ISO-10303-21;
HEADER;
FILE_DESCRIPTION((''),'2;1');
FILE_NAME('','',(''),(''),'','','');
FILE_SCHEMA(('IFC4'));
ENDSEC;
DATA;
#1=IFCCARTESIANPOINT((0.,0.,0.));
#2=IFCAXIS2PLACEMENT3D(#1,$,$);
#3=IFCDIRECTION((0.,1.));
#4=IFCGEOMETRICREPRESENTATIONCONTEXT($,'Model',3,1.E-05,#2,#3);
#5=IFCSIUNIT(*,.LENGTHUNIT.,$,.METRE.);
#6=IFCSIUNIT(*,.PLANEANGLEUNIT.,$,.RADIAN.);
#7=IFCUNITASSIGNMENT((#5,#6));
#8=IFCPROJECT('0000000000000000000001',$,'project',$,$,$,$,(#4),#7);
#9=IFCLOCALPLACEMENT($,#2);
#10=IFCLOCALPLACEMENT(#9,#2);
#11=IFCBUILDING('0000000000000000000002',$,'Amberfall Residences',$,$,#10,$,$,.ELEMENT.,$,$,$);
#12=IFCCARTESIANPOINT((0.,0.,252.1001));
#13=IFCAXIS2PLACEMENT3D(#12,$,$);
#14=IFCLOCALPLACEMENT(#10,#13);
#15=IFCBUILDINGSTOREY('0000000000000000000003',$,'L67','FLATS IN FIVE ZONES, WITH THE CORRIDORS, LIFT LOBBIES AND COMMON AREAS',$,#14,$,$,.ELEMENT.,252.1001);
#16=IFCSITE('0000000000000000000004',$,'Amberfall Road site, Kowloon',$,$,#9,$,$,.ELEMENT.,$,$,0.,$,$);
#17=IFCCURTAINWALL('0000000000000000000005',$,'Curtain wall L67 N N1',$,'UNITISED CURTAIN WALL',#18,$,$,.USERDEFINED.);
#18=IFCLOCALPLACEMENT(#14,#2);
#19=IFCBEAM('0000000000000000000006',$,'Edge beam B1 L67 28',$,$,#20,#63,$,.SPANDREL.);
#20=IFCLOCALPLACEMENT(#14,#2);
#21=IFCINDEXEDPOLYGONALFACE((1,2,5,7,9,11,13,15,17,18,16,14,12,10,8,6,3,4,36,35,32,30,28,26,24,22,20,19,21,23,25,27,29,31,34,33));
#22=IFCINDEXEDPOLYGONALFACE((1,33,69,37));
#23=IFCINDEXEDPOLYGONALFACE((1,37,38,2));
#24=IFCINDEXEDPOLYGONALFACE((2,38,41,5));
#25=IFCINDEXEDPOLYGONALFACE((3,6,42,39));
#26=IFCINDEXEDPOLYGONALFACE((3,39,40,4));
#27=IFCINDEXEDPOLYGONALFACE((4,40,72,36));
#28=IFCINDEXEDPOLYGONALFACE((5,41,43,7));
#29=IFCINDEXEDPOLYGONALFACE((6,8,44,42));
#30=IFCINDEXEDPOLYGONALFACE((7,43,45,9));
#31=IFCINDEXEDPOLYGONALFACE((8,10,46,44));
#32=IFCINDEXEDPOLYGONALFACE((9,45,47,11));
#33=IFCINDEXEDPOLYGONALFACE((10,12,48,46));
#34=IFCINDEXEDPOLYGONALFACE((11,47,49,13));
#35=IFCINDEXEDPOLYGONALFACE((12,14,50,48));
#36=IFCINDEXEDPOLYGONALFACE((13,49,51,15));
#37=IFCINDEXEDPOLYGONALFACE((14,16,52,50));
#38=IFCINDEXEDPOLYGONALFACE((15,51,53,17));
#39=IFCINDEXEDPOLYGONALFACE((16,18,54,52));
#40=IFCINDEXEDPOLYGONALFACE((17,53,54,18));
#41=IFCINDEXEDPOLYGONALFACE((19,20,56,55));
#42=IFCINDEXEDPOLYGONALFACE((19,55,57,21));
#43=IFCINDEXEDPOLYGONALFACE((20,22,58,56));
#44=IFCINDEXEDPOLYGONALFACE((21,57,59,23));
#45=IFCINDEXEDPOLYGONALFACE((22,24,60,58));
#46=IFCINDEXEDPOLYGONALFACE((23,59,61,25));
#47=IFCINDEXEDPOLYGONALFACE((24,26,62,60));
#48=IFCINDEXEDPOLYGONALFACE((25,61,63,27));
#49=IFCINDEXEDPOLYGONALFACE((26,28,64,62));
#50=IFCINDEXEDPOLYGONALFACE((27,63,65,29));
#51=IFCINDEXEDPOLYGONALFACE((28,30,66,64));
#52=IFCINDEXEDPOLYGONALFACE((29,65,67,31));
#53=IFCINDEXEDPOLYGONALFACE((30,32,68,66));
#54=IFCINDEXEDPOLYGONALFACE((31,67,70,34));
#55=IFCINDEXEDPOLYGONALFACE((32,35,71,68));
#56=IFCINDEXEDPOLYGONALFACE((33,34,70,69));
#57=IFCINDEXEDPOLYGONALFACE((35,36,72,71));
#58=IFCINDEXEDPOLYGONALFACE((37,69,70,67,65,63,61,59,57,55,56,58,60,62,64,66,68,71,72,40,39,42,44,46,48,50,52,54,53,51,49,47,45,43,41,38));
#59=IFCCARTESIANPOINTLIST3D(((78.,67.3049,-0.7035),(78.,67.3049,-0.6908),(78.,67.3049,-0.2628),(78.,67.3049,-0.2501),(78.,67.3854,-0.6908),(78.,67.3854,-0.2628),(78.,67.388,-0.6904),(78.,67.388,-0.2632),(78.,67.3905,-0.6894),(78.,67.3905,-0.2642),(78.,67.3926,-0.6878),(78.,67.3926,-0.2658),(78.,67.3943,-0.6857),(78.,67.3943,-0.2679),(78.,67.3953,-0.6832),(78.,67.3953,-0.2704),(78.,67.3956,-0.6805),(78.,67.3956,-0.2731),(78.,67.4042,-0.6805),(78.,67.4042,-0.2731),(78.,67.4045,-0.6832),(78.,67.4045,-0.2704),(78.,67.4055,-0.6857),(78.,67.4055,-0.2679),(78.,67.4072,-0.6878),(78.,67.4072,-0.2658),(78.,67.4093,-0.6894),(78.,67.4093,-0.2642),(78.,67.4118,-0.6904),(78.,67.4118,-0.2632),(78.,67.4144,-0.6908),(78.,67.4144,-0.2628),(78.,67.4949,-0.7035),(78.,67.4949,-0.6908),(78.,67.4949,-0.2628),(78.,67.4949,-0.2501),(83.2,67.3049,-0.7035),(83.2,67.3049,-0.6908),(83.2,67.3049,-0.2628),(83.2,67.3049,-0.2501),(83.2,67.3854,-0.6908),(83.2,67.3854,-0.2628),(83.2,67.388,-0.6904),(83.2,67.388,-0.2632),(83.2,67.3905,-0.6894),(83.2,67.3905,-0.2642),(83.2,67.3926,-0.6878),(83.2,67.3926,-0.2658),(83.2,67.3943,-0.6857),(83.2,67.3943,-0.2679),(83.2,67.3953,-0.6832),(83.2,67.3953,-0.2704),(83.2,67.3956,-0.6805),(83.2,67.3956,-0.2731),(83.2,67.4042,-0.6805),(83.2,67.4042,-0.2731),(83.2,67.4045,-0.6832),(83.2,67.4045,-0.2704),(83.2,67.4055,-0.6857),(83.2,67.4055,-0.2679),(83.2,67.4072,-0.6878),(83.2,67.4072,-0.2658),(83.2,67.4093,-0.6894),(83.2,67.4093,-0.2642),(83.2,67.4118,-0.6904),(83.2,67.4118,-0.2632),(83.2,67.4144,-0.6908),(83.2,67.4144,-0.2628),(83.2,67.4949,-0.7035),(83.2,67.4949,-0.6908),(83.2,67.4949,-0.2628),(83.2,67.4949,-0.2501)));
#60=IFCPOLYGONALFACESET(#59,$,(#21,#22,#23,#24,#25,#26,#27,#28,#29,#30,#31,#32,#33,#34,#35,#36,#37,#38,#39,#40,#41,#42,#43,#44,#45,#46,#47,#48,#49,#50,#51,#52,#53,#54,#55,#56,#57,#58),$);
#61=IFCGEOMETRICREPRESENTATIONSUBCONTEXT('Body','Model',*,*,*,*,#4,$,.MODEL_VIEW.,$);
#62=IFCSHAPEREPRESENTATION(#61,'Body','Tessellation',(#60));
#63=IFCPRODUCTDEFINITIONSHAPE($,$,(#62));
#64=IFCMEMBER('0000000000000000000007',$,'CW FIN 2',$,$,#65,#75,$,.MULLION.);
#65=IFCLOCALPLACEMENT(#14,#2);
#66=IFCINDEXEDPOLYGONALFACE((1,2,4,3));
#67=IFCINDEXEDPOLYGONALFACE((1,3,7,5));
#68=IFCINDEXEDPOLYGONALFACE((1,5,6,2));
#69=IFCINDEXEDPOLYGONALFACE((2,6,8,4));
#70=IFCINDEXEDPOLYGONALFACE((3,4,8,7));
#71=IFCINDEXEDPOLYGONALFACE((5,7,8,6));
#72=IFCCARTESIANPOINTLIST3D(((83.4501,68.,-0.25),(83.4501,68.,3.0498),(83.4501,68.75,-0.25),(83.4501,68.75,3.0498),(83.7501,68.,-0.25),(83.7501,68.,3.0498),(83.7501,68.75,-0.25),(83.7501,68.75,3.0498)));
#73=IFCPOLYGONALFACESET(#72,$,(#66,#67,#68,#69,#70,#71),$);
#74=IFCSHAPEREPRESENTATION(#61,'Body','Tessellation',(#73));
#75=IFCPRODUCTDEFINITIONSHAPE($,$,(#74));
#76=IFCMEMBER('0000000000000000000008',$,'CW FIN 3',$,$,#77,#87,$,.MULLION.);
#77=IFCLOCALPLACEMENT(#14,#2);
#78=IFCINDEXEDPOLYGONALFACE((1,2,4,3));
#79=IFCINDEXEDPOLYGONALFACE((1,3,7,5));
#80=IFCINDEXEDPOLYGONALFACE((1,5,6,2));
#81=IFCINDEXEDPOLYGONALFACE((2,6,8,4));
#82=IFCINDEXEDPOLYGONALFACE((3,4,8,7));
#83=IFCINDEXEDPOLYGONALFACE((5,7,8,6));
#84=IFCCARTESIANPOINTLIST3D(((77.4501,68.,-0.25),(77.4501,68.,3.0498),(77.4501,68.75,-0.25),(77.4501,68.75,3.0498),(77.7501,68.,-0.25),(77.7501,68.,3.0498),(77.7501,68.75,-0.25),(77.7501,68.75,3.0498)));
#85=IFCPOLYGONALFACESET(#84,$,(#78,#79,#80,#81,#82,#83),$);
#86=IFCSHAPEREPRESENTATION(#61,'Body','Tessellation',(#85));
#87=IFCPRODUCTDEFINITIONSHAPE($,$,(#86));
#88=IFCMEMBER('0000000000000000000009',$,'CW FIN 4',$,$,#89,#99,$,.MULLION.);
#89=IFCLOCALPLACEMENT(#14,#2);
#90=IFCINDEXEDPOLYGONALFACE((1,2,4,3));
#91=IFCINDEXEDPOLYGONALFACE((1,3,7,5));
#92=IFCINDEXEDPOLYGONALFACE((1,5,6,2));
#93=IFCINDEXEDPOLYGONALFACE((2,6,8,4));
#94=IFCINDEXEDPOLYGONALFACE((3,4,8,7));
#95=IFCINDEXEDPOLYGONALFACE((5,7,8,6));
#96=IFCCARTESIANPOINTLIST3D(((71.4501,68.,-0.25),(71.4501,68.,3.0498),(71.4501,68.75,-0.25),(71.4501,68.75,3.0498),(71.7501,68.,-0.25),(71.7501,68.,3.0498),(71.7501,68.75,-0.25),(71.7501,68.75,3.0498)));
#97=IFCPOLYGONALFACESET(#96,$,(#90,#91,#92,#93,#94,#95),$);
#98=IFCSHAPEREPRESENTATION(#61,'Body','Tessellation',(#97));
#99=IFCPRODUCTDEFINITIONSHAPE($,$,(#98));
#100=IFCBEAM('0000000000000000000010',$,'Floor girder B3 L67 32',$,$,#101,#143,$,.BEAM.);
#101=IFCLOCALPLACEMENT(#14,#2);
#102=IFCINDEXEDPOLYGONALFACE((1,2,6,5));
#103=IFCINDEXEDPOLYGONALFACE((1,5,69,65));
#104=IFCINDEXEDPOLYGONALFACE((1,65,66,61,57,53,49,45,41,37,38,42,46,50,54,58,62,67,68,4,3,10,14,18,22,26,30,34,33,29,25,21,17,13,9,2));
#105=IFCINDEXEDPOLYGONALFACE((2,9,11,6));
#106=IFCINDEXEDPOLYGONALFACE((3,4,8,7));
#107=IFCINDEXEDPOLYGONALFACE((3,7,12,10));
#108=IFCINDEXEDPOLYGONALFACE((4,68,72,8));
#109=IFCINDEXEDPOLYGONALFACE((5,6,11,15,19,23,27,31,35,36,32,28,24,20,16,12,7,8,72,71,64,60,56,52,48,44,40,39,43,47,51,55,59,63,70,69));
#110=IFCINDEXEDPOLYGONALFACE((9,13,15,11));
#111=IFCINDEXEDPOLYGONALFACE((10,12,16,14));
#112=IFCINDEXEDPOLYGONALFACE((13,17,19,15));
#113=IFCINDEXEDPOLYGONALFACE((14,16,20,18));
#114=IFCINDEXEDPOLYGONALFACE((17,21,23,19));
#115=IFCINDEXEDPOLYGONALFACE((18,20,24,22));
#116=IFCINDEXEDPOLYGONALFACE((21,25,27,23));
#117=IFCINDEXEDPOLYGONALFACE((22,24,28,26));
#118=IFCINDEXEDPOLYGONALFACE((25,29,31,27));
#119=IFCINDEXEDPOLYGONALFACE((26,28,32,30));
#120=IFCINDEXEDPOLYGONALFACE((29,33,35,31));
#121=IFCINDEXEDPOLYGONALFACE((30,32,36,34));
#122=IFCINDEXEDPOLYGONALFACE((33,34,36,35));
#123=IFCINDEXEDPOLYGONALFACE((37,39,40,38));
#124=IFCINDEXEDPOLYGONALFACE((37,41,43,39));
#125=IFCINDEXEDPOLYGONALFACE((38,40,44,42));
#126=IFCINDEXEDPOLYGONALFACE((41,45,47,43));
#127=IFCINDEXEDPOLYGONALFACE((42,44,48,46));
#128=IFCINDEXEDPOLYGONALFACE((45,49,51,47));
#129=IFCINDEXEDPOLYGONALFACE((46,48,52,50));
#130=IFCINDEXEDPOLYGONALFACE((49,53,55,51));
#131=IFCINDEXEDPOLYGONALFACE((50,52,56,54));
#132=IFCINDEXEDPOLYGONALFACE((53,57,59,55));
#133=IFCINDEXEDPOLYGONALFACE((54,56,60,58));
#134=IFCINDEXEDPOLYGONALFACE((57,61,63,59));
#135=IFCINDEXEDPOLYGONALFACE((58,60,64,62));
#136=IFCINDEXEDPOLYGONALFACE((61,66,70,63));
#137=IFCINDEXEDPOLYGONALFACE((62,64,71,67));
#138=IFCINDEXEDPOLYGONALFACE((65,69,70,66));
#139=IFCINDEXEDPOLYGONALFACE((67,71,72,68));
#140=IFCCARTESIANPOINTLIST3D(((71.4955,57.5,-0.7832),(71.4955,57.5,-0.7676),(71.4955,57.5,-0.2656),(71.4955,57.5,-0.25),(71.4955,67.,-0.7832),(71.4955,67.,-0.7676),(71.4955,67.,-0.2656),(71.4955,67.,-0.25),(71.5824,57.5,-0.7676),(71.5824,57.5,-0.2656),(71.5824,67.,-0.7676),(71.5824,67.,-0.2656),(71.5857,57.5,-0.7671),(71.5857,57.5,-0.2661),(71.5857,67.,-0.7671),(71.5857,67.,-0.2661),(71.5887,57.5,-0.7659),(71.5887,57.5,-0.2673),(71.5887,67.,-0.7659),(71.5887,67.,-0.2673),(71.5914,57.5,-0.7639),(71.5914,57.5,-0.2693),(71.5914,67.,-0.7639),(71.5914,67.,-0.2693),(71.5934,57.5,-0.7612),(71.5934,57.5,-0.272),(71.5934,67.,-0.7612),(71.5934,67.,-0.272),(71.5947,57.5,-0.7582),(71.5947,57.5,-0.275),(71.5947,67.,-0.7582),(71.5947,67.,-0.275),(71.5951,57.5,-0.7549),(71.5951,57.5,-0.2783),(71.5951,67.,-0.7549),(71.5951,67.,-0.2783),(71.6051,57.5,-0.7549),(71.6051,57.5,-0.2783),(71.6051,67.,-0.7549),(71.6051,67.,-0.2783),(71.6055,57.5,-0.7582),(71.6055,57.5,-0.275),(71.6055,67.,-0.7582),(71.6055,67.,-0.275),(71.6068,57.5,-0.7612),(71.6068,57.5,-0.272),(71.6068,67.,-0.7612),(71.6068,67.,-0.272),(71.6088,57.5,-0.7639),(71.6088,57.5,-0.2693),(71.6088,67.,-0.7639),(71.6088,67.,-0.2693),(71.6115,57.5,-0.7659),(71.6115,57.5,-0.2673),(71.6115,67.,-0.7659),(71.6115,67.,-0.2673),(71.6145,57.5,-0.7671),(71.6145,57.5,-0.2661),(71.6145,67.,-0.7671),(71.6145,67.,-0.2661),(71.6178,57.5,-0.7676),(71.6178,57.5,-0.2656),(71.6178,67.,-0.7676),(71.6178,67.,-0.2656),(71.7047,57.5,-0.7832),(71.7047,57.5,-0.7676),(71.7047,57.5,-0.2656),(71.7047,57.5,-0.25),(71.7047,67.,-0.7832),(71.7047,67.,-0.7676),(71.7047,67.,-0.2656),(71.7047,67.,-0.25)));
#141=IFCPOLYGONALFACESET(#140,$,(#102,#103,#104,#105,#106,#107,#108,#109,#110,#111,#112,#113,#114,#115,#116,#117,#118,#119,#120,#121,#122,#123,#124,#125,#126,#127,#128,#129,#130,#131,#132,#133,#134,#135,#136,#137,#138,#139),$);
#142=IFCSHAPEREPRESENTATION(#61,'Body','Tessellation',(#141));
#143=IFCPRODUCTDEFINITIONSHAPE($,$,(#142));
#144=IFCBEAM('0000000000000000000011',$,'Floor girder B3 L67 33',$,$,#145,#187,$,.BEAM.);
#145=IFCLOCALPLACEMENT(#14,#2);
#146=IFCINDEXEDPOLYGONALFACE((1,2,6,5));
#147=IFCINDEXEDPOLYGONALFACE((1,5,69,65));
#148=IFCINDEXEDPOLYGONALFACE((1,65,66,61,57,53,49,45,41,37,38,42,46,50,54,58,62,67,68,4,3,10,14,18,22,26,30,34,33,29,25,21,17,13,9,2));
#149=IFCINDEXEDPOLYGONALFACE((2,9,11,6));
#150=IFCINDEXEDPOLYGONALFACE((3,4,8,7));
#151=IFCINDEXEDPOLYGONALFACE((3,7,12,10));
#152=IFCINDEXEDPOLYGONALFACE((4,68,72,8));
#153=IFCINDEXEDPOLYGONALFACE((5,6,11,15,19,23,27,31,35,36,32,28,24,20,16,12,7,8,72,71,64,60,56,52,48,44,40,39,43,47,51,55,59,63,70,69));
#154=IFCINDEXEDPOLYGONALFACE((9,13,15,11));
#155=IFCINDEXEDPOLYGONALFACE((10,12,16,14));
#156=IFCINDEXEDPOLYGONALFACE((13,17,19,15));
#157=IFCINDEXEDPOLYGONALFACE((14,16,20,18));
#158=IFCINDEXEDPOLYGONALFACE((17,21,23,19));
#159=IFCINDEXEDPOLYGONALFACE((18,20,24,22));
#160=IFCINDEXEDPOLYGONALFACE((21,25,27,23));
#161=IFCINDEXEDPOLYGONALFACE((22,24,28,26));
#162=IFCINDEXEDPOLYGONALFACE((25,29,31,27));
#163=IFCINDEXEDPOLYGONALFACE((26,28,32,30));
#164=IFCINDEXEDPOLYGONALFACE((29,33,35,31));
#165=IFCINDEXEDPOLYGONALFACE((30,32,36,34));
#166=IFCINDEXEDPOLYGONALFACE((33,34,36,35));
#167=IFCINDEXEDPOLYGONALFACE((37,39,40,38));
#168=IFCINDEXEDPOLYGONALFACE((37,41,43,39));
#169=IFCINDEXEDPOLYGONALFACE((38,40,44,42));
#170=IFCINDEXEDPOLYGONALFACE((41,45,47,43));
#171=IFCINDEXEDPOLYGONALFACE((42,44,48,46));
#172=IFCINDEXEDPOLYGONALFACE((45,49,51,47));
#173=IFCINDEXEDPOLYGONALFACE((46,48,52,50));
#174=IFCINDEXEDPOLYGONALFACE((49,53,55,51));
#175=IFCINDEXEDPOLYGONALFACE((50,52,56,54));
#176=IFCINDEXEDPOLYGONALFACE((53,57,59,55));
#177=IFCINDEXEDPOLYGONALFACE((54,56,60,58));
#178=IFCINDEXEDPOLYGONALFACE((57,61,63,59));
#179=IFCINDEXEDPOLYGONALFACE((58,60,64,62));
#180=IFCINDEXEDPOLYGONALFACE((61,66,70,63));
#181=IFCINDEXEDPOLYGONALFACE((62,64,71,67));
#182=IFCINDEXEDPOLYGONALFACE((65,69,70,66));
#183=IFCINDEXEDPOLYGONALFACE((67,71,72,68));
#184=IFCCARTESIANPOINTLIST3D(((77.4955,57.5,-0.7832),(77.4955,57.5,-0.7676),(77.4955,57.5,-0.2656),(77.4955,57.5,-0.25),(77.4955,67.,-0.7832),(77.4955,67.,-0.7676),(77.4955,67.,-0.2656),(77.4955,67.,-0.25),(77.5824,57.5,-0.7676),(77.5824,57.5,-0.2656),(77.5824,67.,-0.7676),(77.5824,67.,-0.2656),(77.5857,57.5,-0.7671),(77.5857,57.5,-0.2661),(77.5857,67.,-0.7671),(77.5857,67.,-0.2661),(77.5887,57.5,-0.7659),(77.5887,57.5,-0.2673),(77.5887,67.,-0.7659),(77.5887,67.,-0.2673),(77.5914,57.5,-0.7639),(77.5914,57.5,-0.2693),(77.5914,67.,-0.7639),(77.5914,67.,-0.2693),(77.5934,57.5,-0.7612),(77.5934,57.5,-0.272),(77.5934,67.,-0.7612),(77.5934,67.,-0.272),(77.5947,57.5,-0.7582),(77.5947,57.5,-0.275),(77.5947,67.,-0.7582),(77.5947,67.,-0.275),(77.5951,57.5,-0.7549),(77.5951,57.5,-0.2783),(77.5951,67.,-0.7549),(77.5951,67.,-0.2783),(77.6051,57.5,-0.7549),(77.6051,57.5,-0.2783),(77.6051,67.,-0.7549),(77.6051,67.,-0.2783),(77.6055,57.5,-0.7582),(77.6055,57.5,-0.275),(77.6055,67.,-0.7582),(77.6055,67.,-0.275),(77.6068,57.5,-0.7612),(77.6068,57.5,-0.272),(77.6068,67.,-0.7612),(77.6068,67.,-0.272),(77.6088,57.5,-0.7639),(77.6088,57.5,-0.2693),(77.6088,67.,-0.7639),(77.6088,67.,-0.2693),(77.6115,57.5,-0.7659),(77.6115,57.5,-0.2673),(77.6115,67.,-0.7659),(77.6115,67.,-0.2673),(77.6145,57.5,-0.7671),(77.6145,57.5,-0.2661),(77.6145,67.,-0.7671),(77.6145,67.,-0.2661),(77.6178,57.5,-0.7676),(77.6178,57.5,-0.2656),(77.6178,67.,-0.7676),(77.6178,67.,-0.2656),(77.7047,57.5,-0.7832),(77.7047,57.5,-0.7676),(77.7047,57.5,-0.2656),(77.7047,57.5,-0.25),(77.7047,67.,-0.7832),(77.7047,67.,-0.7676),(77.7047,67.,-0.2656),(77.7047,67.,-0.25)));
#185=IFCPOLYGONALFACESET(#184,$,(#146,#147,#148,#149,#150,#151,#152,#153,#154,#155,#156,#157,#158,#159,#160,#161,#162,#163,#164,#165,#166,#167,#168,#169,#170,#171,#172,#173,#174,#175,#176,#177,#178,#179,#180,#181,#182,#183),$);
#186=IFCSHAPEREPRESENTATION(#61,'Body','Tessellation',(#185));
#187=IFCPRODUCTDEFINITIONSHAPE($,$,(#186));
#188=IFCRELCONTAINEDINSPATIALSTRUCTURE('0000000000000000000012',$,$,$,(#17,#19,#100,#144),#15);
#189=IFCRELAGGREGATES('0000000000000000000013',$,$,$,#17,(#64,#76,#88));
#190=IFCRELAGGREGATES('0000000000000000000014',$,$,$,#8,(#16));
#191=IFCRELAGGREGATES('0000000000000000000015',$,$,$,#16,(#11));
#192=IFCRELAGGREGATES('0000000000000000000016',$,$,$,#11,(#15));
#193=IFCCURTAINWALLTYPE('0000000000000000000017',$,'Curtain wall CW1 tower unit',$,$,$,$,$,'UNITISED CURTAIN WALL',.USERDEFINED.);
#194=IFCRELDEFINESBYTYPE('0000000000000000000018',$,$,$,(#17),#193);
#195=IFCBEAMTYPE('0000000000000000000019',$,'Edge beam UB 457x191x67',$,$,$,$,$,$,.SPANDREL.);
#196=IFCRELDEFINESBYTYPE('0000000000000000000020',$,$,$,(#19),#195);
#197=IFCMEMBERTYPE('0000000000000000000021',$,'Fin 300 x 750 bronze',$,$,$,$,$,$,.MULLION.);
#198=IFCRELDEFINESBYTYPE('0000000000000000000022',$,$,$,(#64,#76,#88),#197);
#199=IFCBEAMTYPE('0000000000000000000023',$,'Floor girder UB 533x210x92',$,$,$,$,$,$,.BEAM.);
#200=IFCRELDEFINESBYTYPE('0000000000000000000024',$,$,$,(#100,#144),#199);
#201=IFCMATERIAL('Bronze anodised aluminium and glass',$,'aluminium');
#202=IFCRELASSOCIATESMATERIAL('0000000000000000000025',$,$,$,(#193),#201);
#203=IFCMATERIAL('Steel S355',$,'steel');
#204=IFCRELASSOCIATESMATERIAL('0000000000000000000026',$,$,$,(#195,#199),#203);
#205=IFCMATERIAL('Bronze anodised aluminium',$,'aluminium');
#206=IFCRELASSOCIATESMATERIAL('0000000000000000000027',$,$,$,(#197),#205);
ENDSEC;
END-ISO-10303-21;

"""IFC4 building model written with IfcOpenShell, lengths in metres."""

from ifc_helpers import new_model, si_unit, direction, frame, origin, origin_2d, place, context, subcontext, project, spatial, rectangle, i_section, extrude, material, material_profile, profile_set, type_object, element, aggregate, save


model = new_model("IFC4")

# Units and contexts
model_context = context("Model", 3, precision=1e-05, world=origin(), true_north=direction((0.0, 1.0)))
body_context = subcontext(model_context, "Body", "Model", "MODEL_VIEW")
ifc_project = project(units=[si_unit("LENGTHUNIT", "METRE"), si_unit("PLANEANGLEUNIT", "RADIAN")], contexts=[model_context])

# Site, building, storey
site_placement = place(None, origin())
site = spatial("IfcSite", under=ifc_project, at=site_placement, Name="Amberfall Road site, Kowloon", CompositionType="ELEMENT", RefElevation=0.0)
building_placement = place(site_placement, origin())
building = spatial("IfcBuilding", under=site, at=building_placement, Name="Amberfall Residences", CompositionType="ELEMENT")
storey_placement = place(building_placement, frame((0.0, 0.0, 252.1001)))
storey = spatial("IfcBuildingStorey", under=building, at=storey_placement, Name="L67", Description="FLATS IN FIVE ZONES, WITH THE CORRIDORS, LIFT LOBBIES AND COMMON AREAS", CompositionType="ELEMENT", Elevation=252.1001)

# Curtain wall
ifc_material_1 = material(Name="Bronze anodised aluminium and glass", Category="aluminium")
curtain_wall_type = type_object("IfcCurtainWallType", Name="Curtain wall CW1 tower unit", ElementType="UNITISED CURTAIN WALL", PredefinedType="USERDEFINED", material=ifc_material_1)
curtain_wall_placement = place(storey_placement, origin())
curtain_wall = element("IfcCurtainWall", 1, at=curtain_wall_placement, inside=storey, type_object=curtain_wall_type, Name="Curtain wall L67 N N1", ObjectType="UNITISED CURTAIN WALL", PredefinedType="USERDEFINED")
ifc_material_2 = material(Name="Bronze anodised aluminium", Category="aluminium")

# Beam
ifc_material_3 = material(Name="Steel S355", Category="steel")
ifc_material_profile_1 = material_profile(ifc_material_3, i_section(OverallWidth=0.1899, OverallDepth=0.4534, WebThickness=0.0085, FlangeThickness=0.0127, FilletRadius=0.0103, at=origin_2d()), Name="UB 457x191x67")
ifc_profile_set_1 = profile_set([ifc_material_profile_1], Name="Steel S355")
beam_type_1 = type_object("IfcBeamType", Name="Edge beam UB 457x191x67", PredefinedType="SPANDREL", material=ifc_profile_set_1)
for number, where, z_axis, x_axis, name in (
    (2, (78.0, 67.3999, -0.4768), (1.0, 0.0, 0.0), (0.0, 1.0, 0.0), "Edge beam B1 L67 28"),
):
    element("IfcBeam", number, at=place(storey_placement, frame(where, z_axis=z_axis, x_axis=x_axis)), inside=storey, type_object=beam_type_1, Name=name, PredefinedType="SPANDREL", context=body_context, shape_type="SweptSolid", body=[
        extrude(i_section(OverallWidth=0.1899, OverallDepth=0.4534, WebThickness=0.0085, FlangeThickness=0.0127, FilletRadius=0.0103, at=origin_2d()), origin(), (0.0, 0.0, 1.0), 5.2),
    ])

# Members
ifc_material_profile_2 = material_profile(ifc_material_2, rectangle(XDim=0.75, YDim=0.3, at=origin_2d()), Name="Fin 300 x 750 bronze")
ifc_profile_set_2 = profile_set([ifc_material_profile_2], Name="Bronze anodised aluminium")
member_type_1 = type_object("IfcMemberType", Name="Fin 300 x 750 bronze", PredefinedType="MULLION", material=ifc_profile_set_2)
member_1_placement = place(storey_placement, frame((83.6001, 68.375, -0.25), z_axis=(0.0, 0.0, 1.0), x_axis=(0.0, -1.0, 0.0)))
member_1 = element("IfcMember", 3, at=member_1_placement, type_object=member_type_1, Name="CW FIN 2", PredefinedType="MULLION", context=body_context, shape_type="SweptSolid", body=[
    extrude(rectangle(XDim=0.75, YDim=0.3, at=origin_2d()), origin(), (0.0, 0.0, 1.0), 3.2998),
])
member_2_placement = place(storey_placement, frame((77.6001, 68.375, -0.25), z_axis=(0.0, 0.0, 1.0), x_axis=(0.0, -1.0, 0.0)))
member_2 = element("IfcMember", 4, at=member_2_placement, type_object=member_type_1, Name="CW FIN 3", PredefinedType="MULLION", context=body_context, shape_type="SweptSolid", body=[
    extrude(rectangle(XDim=0.75, YDim=0.3, at=origin_2d()), origin(), (0.0, 0.0, 1.0), 3.2998),
])
member_3_placement = place(storey_placement, frame((71.6001, 68.375, -0.25), z_axis=(0.0, 0.0, 1.0), x_axis=(0.0, -1.0, 0.0)))
member_3 = element("IfcMember", 5, at=member_3_placement, type_object=member_type_1, Name="CW FIN 4", PredefinedType="MULLION", context=body_context, shape_type="SweptSolid", body=[
    extrude(rectangle(XDim=0.75, YDim=0.3, at=origin_2d()), origin(), (0.0, 0.0, 1.0), 3.2998),
])

# Beams
ifc_material_profile_3 = material_profile(ifc_material_3, i_section(OverallWidth=0.2092, OverallDepth=0.5332, WebThickness=0.01, FlangeThickness=0.0156, FilletRadius=0.0127, at=origin_2d()), Name="UB 533x210x92")
ifc_profile_set_3 = profile_set([ifc_material_profile_3], Name="Steel S355")
beam_type_2 = type_object("IfcBeamType", Name="Floor girder UB 533x210x92", PredefinedType="BEAM", material=ifc_profile_set_3)
for number, where, z_axis, x_axis, name in (
    (6, (71.6001, 67.0, -0.5166), (0.0, -1.0, 0.0), (1.0, 0.0, 0.0), "Floor girder B3 L67 32"),
    (7, (77.6001, 67.0, -0.5166), (0.0, -1.0, 0.0), (1.0, 0.0, 0.0), "Floor girder B3 L67 33"),
):
    element("IfcBeam", number, at=place(storey_placement, frame(where, z_axis=z_axis, x_axis=x_axis)), inside=storey, type_object=beam_type_2, Name=name, PredefinedType="BEAM", context=body_context, shape_type="SweptSolid", body=[
        extrude(i_section(OverallWidth=0.2092, OverallDepth=0.5332, WebThickness=0.01, FlangeThickness=0.0156, FilletRadius=0.0127, at=origin_2d()), origin(), (0.0, 0.0, 1.0), 9.5),
    ])

aggregate(curtain_wall, [member_1, member_2, member_3])

save(model, "model.ifc")
